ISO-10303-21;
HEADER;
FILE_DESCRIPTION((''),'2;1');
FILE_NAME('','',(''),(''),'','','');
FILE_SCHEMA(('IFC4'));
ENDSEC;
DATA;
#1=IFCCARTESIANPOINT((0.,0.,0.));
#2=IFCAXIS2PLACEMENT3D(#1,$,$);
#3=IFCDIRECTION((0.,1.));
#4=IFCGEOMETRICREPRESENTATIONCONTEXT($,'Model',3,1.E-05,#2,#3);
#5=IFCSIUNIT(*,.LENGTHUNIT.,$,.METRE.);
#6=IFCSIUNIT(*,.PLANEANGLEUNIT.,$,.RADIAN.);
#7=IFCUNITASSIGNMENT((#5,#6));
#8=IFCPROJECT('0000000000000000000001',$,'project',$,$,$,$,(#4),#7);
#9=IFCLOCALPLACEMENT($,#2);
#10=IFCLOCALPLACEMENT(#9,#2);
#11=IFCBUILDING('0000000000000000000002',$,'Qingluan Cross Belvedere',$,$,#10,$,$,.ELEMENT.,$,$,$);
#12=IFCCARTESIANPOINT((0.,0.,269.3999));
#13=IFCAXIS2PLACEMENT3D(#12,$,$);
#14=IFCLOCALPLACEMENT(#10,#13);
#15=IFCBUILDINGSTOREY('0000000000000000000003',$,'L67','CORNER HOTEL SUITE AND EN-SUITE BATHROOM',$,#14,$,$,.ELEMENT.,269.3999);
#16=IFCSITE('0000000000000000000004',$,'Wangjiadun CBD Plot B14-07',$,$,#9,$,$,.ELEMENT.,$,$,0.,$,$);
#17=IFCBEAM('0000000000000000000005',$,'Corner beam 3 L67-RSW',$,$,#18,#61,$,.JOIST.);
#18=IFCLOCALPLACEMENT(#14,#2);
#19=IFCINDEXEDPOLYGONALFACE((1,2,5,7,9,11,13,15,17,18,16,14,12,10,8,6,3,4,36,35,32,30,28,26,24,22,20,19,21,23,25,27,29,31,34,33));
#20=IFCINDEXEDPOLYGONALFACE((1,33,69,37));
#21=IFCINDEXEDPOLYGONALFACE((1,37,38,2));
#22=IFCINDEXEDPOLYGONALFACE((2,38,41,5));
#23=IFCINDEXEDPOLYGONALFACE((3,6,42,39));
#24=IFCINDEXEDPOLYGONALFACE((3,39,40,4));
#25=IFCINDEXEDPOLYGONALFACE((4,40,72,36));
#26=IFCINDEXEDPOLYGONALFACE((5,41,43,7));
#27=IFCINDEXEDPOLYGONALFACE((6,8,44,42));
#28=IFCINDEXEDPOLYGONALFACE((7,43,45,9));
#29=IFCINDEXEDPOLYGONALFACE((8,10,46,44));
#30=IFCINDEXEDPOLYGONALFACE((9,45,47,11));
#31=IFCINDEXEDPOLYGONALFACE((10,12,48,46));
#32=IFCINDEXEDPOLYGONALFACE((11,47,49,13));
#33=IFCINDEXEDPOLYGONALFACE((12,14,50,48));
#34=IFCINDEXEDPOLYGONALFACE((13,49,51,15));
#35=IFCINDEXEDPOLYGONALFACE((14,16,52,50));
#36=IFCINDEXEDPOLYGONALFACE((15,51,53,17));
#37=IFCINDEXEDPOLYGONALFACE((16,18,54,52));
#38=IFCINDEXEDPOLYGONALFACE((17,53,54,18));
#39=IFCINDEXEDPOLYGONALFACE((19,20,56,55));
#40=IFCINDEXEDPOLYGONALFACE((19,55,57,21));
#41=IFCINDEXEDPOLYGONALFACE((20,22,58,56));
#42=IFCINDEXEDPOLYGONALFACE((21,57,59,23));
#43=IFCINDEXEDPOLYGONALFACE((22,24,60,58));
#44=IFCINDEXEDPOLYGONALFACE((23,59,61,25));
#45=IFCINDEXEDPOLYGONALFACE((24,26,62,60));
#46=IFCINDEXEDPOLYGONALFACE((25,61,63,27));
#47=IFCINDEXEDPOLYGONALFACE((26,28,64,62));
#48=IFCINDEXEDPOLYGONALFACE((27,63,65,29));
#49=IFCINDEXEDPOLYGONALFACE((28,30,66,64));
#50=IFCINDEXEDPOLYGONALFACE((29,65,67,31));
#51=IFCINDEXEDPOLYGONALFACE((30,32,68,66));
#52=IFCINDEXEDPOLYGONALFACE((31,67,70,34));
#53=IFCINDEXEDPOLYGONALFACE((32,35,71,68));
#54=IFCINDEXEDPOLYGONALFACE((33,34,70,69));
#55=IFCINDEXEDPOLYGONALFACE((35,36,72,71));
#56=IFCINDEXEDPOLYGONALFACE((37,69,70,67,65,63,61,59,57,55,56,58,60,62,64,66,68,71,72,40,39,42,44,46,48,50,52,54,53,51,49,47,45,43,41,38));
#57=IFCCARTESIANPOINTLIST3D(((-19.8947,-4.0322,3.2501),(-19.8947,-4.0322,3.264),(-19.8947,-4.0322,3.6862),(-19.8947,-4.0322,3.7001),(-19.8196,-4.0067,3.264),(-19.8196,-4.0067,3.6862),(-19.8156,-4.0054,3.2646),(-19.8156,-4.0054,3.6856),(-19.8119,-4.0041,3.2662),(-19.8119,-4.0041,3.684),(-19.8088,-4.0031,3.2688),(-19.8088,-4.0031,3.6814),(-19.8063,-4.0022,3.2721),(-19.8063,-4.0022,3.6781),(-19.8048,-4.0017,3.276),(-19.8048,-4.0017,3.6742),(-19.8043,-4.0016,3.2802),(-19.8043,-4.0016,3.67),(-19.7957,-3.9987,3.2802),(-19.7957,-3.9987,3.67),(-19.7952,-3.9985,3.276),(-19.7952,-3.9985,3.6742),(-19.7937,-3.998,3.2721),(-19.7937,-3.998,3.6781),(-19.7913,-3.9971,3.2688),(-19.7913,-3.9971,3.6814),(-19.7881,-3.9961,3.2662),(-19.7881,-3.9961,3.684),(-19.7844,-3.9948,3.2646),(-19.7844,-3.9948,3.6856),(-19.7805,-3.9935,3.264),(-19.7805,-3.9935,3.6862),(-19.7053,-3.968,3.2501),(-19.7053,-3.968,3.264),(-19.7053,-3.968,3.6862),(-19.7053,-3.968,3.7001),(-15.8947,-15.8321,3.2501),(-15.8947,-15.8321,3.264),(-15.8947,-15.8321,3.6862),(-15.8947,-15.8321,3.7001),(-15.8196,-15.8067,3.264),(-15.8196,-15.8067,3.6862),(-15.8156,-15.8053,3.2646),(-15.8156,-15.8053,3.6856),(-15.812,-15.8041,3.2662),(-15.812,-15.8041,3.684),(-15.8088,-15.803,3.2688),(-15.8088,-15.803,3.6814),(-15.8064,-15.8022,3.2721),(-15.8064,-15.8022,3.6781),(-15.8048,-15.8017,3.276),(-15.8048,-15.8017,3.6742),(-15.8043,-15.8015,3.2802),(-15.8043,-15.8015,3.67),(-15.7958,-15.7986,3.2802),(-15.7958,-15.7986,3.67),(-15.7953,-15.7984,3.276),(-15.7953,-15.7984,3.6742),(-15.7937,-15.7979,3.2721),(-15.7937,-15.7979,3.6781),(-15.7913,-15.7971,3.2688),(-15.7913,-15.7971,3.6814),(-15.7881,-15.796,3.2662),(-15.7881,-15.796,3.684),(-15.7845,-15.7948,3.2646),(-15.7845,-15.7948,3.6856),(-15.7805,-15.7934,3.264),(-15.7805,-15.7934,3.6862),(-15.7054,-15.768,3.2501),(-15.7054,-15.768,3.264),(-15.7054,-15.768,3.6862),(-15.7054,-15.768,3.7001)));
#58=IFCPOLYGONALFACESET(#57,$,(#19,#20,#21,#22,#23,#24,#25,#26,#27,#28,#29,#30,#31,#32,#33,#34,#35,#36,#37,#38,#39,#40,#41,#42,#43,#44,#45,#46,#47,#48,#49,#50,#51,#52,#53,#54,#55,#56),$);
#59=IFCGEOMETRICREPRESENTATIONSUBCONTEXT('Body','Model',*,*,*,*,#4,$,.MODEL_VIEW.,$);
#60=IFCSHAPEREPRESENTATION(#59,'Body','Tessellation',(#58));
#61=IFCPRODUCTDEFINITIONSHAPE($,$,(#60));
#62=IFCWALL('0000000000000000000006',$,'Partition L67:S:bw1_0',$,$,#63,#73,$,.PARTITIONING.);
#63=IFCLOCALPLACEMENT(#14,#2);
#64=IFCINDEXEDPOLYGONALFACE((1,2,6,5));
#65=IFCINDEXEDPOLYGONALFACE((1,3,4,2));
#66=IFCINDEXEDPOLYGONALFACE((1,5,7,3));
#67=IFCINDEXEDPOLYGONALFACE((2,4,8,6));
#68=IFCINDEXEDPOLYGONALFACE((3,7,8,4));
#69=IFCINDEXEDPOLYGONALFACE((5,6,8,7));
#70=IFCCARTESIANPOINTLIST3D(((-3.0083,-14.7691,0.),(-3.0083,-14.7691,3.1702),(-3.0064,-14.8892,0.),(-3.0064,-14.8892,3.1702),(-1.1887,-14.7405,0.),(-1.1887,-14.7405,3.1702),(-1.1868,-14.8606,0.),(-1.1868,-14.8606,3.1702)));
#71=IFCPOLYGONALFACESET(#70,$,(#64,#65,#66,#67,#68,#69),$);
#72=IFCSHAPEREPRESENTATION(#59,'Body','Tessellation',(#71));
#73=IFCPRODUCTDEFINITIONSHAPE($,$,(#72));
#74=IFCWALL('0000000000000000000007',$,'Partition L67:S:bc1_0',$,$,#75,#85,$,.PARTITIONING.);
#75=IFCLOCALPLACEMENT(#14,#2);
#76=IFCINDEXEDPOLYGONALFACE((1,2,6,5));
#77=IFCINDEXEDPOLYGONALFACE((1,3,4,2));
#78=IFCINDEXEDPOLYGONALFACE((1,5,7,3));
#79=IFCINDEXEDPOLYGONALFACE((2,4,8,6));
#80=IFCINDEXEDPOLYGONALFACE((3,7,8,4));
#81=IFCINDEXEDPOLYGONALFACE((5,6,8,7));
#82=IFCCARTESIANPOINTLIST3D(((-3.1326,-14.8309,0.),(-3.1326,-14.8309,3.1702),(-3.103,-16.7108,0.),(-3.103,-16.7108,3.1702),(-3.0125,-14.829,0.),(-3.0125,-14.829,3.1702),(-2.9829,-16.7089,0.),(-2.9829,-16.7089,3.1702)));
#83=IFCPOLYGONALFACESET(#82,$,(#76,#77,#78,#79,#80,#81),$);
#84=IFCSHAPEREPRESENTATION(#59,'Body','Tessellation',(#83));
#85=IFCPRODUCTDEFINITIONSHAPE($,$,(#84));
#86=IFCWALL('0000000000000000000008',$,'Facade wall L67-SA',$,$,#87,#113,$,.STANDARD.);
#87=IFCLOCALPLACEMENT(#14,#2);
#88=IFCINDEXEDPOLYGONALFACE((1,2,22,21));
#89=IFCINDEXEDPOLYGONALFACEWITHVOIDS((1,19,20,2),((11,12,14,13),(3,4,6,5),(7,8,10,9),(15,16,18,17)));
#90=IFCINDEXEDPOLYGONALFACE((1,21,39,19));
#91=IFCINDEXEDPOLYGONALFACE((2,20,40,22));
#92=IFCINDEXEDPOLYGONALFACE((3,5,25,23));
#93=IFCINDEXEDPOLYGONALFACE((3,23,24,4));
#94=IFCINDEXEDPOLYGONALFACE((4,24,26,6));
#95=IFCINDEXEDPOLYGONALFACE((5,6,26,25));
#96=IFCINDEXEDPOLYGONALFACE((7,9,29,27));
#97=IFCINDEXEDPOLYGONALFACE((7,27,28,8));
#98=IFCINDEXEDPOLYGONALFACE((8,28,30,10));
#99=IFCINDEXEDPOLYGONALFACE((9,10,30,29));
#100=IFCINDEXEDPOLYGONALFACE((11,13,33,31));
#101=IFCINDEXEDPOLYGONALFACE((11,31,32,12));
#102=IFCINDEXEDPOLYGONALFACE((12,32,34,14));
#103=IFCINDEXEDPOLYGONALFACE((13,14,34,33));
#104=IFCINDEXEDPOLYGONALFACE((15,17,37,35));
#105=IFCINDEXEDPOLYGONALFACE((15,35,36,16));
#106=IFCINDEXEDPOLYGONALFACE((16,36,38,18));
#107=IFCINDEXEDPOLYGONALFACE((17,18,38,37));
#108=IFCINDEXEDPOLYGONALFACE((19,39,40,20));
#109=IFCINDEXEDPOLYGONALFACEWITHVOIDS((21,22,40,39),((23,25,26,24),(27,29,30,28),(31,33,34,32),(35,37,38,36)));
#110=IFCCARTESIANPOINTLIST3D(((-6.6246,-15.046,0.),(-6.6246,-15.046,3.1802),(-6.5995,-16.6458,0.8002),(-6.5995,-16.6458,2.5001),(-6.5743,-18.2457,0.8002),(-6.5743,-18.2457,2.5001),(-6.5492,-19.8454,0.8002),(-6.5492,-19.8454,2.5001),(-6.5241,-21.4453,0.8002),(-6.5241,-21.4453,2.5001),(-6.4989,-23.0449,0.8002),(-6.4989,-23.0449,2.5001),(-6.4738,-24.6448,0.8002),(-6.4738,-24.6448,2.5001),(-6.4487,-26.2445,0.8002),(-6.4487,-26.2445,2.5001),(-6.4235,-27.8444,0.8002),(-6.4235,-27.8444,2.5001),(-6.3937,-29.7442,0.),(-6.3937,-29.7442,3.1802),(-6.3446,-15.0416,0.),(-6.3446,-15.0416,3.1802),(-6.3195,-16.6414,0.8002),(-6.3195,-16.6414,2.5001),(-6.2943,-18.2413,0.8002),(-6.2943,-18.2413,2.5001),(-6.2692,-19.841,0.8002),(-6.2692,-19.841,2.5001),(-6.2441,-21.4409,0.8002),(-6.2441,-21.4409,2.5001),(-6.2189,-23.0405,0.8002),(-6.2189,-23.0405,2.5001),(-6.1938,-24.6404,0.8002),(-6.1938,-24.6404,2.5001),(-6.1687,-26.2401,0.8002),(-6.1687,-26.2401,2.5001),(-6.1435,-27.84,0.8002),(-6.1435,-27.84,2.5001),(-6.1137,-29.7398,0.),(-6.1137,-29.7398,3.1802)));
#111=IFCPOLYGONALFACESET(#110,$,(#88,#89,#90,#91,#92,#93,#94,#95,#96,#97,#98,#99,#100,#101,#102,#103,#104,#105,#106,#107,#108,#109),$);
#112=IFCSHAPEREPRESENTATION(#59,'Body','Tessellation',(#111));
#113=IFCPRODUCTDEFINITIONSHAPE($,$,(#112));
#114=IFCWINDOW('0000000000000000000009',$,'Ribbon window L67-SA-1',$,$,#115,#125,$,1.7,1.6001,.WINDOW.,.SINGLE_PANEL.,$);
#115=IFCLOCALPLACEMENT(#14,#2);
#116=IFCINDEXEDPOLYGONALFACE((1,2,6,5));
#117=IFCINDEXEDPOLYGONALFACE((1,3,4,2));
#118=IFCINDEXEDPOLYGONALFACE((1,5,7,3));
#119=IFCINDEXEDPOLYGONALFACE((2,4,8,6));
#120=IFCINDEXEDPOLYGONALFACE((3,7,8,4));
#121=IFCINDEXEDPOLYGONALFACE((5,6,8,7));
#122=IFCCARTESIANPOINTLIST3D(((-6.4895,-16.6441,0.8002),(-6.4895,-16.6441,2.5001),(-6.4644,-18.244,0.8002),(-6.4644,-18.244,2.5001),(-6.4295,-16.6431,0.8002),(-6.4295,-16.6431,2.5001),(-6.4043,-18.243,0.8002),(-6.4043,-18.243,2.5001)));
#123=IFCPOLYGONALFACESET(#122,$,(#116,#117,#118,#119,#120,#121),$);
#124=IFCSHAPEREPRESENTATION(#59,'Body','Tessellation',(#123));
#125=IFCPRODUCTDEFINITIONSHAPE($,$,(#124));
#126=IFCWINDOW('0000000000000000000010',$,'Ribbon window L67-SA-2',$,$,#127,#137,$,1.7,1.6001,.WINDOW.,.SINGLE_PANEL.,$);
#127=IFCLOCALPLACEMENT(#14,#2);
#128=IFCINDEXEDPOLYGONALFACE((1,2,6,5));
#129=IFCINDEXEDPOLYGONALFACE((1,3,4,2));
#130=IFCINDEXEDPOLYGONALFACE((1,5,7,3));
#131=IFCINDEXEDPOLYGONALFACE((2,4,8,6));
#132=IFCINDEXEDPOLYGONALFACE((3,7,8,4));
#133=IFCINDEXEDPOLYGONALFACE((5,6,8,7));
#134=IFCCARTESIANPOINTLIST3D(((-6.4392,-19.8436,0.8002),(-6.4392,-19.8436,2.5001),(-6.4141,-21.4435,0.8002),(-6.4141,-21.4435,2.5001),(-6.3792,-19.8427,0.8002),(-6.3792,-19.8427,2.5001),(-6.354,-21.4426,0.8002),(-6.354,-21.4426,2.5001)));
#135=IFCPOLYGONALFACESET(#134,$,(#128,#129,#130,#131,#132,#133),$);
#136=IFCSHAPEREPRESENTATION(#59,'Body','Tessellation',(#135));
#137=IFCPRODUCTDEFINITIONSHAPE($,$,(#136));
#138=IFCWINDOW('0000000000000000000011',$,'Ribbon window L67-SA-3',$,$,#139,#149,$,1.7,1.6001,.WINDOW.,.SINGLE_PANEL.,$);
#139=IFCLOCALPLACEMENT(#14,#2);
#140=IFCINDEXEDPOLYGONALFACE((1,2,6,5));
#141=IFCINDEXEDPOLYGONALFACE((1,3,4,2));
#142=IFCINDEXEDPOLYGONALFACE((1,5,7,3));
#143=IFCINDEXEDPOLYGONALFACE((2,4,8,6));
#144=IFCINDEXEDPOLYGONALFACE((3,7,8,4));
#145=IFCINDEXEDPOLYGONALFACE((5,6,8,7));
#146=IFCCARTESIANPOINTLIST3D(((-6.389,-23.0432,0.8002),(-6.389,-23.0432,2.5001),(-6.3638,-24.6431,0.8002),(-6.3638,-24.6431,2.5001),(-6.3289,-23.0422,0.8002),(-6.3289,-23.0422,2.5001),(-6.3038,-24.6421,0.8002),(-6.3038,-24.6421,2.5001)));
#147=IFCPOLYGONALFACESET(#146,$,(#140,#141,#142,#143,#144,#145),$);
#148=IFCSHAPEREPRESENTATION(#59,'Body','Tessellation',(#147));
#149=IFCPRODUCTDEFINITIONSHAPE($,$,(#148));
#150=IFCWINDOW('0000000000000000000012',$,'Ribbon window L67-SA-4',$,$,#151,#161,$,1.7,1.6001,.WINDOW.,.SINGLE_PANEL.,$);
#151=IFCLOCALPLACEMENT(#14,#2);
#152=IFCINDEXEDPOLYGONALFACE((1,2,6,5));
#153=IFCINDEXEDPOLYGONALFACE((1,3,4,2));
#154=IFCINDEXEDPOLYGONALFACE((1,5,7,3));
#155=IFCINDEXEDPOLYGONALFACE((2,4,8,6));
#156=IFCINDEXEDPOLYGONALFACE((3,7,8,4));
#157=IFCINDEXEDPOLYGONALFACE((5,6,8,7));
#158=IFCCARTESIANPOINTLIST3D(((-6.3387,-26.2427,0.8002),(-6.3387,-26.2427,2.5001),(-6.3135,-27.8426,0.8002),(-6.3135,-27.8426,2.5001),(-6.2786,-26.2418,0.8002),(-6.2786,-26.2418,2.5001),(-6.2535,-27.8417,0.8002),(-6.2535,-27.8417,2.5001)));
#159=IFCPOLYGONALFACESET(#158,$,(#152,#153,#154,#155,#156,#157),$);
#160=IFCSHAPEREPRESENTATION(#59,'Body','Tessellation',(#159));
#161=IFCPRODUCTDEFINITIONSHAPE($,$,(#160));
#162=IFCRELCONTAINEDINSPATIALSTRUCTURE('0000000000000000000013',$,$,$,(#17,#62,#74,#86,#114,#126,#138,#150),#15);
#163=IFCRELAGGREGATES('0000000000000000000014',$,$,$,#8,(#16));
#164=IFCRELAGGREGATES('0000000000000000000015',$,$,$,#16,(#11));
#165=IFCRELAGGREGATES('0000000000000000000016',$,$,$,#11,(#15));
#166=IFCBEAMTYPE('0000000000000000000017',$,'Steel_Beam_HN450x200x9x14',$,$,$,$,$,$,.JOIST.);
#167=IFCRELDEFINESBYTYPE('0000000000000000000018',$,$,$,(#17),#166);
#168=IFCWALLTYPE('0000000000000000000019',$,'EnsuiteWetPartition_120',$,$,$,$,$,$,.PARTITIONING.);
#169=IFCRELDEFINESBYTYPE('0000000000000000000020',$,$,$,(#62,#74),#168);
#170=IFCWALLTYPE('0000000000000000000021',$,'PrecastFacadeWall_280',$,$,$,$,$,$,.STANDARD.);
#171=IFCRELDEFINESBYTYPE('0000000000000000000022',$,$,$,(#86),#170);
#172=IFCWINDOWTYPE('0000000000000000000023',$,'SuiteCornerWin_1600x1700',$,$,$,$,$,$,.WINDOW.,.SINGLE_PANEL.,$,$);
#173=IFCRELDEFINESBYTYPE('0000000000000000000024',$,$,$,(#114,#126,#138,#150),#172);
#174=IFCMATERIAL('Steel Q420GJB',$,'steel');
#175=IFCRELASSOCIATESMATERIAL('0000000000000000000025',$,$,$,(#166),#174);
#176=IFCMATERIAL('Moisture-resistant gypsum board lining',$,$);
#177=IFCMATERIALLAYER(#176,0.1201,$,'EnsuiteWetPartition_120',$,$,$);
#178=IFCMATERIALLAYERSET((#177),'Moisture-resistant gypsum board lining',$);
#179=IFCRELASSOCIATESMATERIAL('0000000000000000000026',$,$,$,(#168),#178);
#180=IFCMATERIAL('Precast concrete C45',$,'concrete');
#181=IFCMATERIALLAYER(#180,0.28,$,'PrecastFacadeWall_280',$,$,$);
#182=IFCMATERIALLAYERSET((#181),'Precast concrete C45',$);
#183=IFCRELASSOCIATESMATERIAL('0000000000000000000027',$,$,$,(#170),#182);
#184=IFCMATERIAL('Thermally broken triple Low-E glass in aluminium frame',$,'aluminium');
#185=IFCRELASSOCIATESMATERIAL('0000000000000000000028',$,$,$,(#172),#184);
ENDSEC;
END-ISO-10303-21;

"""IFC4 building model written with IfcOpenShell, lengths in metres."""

from ifc_helpers import new_model, si_unit, direction, frame, frame_2d, origin, origin_2d, place, context, subcontext, project, spatial, rectangle, i_section, extrude, material, layer, layer_set, material_profile, profile_set, type_object, element, fill, save


model = new_model("IFC4")

# Units and contexts
model_context = context("Model", 3, precision=1e-05, world=origin(), true_north=direction((0.0, 1.0)))
body_context = subcontext(model_context, "Body", "Model", "MODEL_VIEW")
ifc_project = project(units=[si_unit("LENGTHUNIT", "METRE"), si_unit("PLANEANGLEUNIT", "RADIAN")], contexts=[model_context])

# Site, building, storey
site_placement = place(None, origin())
site = spatial("IfcSite", under=ifc_project, at=site_placement, Name="Wangjiadun CBD Plot B14-07", CompositionType="ELEMENT", RefElevation=0.0)
building_placement = place(site_placement, origin())
building = spatial("IfcBuilding", under=site, at=building_placement, Name="Qingluan Cross Belvedere", CompositionType="ELEMENT")
storey_placement = place(building_placement, frame((0.0, 0.0, 269.3999)))
storey = spatial("IfcBuildingStorey", under=building, at=storey_placement, Name="L67", Description="CORNER HOTEL SUITE AND EN-SUITE BATHROOM", CompositionType="ELEMENT", Elevation=269.3999)

# Beam
ifc_material_1 = material(Name="Steel Q420GJB", Category="steel")
ifc_material_profile_1 = material_profile(ifc_material_1, i_section(OverallWidth=0.2, OverallDepth=0.45, WebThickness=0.009, FlangeThickness=0.0139, FilletRadius=0.0161, at=origin_2d()), Name="HN450x200x9x14")
ifc_profile_set_1 = profile_set([ifc_material_profile_1], Name="Steel Q420GJB")
beam_type_1 = type_object("IfcBeamType", Name="Steel_Beam_HN450x200x9x14", PredefinedType="JOIST", material=ifc_profile_set_1)
for number, where, z_axis, x_axis, name in (
    (1, (-15.8, -15.8, 3.4751), (-0.321038, 0.947066, 0.0), (-0.947066, -0.321038, 0.0), "Corner beam 3 L67-RSW"),
):
    element("IfcBeam", number, at=place(storey_placement, frame(where, z_axis=z_axis, x_axis=x_axis)), inside=storey, type_object=beam_type_1, Name=name, PredefinedType="JOIST", context=body_context, shape_type="SweptSolid", body=[
        extrude(i_section(OverallWidth=0.2, OverallDepth=0.45, WebThickness=0.009, FlangeThickness=0.0139, FilletRadius=0.0161, at=origin_2d()), origin(), (0.0, 0.0, 1.0), 12.4595),
    ])

# Walls
ifc_material_2 = material(Name="Moisture-resistant gypsum board lining")
ifc_layer_1 = layer(ifc_material_2, 0.1201, Name="EnsuiteWetPartition_120")
ifc_layer_set_1 = layer_set([ifc_layer_1], Name="Moisture-resistant gypsum board lining")
wall_type_1 = type_object("IfcWallType", Name="EnsuiteWetPartition_120", PredefinedType="PARTITIONING", material=ifc_layer_set_1)
wall_1_placement = place(storey_placement, frame((-3.0073, -14.8291, 0.0), z_axis=(0.0, 0.0, 1.0), x_axis=(0.999877, 0.015696, 0.0)))
element("IfcWall", 2, at=wall_1_placement, inside=storey, type_object=wall_type_1, Name="Partition L67:S:bw1_0", PredefinedType="PARTITIONING", context=body_context, shape_type="SweptSolid", body=[
    extrude(rectangle(XDim=1.8198, YDim=0.1201, at=frame_2d((0.9099, 0.0))), origin(), (0.0, 0.0, 1.0), 3.1702),
])
wall_2_placement = place(storey_placement, frame((-3.0725, -14.8301, 0.0), z_axis=(0.0, 0.0, 1.0), x_axis=(0.015712, -0.999877, 0.0)))
element("IfcWall", 3, at=wall_2_placement, inside=storey, type_object=wall_type_1, Name="Partition L67:S:bc1_0", PredefinedType="PARTITIONING", context=body_context, shape_type="SweptSolid", body=[
    extrude(rectangle(XDim=1.8801, YDim=0.1201, at=frame_2d((0.9399, 0.0))), origin(), (0.0, 0.0, 1.0), 3.1702),
])

# Wall, openings, windows
ifc_material_3 = material(Name="Precast concrete C45", Category="concrete")
ifc_layer_2 = layer(ifc_material_3, 0.28, Name="PrecastFacadeWall_280")
ifc_layer_set_2 = layer_set([ifc_layer_2], Name="Precast concrete C45")
wall_type_2 = type_object("IfcWallType", Name="PrecastFacadeWall_280", PredefinedType="STANDARD", material=ifc_layer_set_2)
wall_3_placement = place(storey_placement, frame((-6.4846, -15.0437, 0.0), z_axis=(0.0, 0.0, 1.0), x_axis=(0.015711, -0.999877, 0.0)))
wall_3 = element("IfcWall", 4, at=wall_3_placement, inside=storey, type_object=wall_type_2, Name="Facade wall L67-SA", PredefinedType="STANDARD", context=body_context, shape_type="SweptSolid", body=[
    extrude(rectangle(XDim=14.7, YDim=0.28, at=frame_2d((7.3501, 0.0))), origin(), (0.0, 0.0, 1.0), 3.1802),
])
opening_1_placement = place(wall_3_placement, frame((1.6001, 0.0, 0.8)))
opening_1 = element("IfcOpeningElement", 5, at=opening_1_placement, cuts=wall_3, PredefinedType="OPENING", context=body_context, shape_type="SweptSolid", body=[
    extrude(rectangle(XDim=1.6001, YDim=1.7, at=frame_2d((0.8, 0.8501))), frame((0.0, 0.1499, 0.0), z_axis=(0.0, -1.0, 0.0), x_axis=(1.0, 0.0, 0.0)), (0.0, 0.0, 1.0), 0.3),
])
opening_2_placement = place(wall_3_placement, frame((4.8, 0.0, 0.8)))
opening_2 = element("IfcOpeningElement", 6, at=opening_2_placement, cuts=wall_3, PredefinedType="OPENING", context=body_context, shape_type="SweptSolid", body=[
    extrude(rectangle(XDim=1.6001, YDim=1.7, at=frame_2d((0.8, 0.8501))), frame((0.0, 0.1499, 0.0), z_axis=(0.0, -1.0, 0.0), x_axis=(1.0, 0.0, 0.0)), (0.0, 0.0, 1.0), 0.3),
])
opening_3_placement = place(wall_3_placement, frame((8.0, 0.0, 0.8)))
opening_3 = element("IfcOpeningElement", 7, at=opening_3_placement, cuts=wall_3, PredefinedType="OPENING", context=body_context, shape_type="SweptSolid", body=[
    extrude(rectangle(XDim=1.6001, YDim=1.7, at=frame_2d((0.8, 0.8501))), frame((0.0, 0.1499, 0.0), z_axis=(0.0, -1.0, 0.0), x_axis=(1.0, 0.0, 0.0)), (0.0, 0.0, 1.0), 0.3),
])
opening_4_placement = place(wall_3_placement, frame((11.2, 0.0, 0.8)))
opening_4 = element("IfcOpeningElement", 8, at=opening_4_placement, cuts=wall_3, PredefinedType="OPENING", context=body_context, shape_type="SweptSolid", body=[
    extrude(rectangle(XDim=1.6001, YDim=1.7, at=frame_2d((0.8, 0.8501))), frame((0.0, 0.1499, 0.0), z_axis=(0.0, -1.0, 0.0), x_axis=(1.0, 0.0, 0.0)), (0.0, 0.0, 1.0), 0.3),
])
ifc_material_4 = material(Name="Thermally broken triple Low-E glass in aluminium frame", Category="aluminium")
window_type_1 = type_object("IfcWindowType", Name="SuiteCornerWin_1600x1700", PartitioningType="SINGLE_PANEL", PredefinedType="WINDOW", material=ifc_material_4)
window_1_placement = place(opening_1_placement, origin())
window_1 = element("IfcWindow", 9, at=window_1_placement, inside=storey, type_object=window_type_1, Name="Ribbon window L67-SA-1", OverallHeight=1.7, OverallWidth=1.6001, PartitioningType="SINGLE_PANEL", PredefinedType="WINDOW", context=body_context, shape_type="SweptSolid", body=[
    extrude(rectangle(XDim=1.6001, YDim=1.7, at=frame_2d((0.8, 0.8501))), frame((0.0, 0.03, 0.0), z_axis=(0.0, -1.0, 0.0), x_axis=(1.0, 0.0, 0.0)), (0.0, 0.0, 1.0), 0.0601),
])
fill(opening_1, window_1)
window_2_placement = place(opening_2_placement, origin())
window_2 = element("IfcWindow", 10, at=window_2_placement, inside=storey, type_object=window_type_1, Name="Ribbon window L67-SA-2", OverallHeight=1.7, OverallWidth=1.6001, PartitioningType="SINGLE_PANEL", PredefinedType="WINDOW", context=body_context, shape_type="SweptSolid", body=[
    extrude(rectangle(XDim=1.6001, YDim=1.7, at=frame_2d((0.8, 0.8501))), frame((0.0, 0.03, 0.0), z_axis=(0.0, -1.0, 0.0), x_axis=(1.0, 0.0, 0.0)), (0.0, 0.0, 1.0), 0.0601),
])
fill(opening_2, window_2)
window_3_placement = place(opening_3_placement, origin())
window_3 = element("IfcWindow", 11, at=window_3_placement, inside=storey, type_object=window_type_1, Name="Ribbon window L67-SA-3", OverallHeight=1.7, OverallWidth=1.6001, PartitioningType="SINGLE_PANEL", PredefinedType="WINDOW", context=body_context, shape_type="SweptSolid", body=[
    extrude(rectangle(XDim=1.6001, YDim=1.7, at=frame_2d((0.8, 0.8501))), frame((0.0, 0.03, 0.0), z_axis=(0.0, -1.0, 0.0), x_axis=(1.0, 0.0, 0.0)), (0.0, 0.0, 1.0), 0.0601),
])
fill(opening_3, window_3)
window_4_placement = place(opening_4_placement, origin())
window_4 = element("IfcWindow", 12, at=window_4_placement, inside=storey, type_object=window_type_1, Name="Ribbon window L67-SA-4", OverallHeight=1.7, OverallWidth=1.6001, PartitioningType="SINGLE_PANEL", PredefinedType="WINDOW", context=body_context, shape_type="SweptSolid", body=[
    extrude(rectangle(XDim=1.6001, YDim=1.7, at=frame_2d((0.8, 0.8501))), frame((0.0, 0.03, 0.0), z_axis=(0.0, -1.0, 0.0), x_axis=(1.0, 0.0, 0.0)), (0.0, 0.0, 1.0), 0.0601),
])
fill(opening_4, window_4)

save(model, "model.ifc")
